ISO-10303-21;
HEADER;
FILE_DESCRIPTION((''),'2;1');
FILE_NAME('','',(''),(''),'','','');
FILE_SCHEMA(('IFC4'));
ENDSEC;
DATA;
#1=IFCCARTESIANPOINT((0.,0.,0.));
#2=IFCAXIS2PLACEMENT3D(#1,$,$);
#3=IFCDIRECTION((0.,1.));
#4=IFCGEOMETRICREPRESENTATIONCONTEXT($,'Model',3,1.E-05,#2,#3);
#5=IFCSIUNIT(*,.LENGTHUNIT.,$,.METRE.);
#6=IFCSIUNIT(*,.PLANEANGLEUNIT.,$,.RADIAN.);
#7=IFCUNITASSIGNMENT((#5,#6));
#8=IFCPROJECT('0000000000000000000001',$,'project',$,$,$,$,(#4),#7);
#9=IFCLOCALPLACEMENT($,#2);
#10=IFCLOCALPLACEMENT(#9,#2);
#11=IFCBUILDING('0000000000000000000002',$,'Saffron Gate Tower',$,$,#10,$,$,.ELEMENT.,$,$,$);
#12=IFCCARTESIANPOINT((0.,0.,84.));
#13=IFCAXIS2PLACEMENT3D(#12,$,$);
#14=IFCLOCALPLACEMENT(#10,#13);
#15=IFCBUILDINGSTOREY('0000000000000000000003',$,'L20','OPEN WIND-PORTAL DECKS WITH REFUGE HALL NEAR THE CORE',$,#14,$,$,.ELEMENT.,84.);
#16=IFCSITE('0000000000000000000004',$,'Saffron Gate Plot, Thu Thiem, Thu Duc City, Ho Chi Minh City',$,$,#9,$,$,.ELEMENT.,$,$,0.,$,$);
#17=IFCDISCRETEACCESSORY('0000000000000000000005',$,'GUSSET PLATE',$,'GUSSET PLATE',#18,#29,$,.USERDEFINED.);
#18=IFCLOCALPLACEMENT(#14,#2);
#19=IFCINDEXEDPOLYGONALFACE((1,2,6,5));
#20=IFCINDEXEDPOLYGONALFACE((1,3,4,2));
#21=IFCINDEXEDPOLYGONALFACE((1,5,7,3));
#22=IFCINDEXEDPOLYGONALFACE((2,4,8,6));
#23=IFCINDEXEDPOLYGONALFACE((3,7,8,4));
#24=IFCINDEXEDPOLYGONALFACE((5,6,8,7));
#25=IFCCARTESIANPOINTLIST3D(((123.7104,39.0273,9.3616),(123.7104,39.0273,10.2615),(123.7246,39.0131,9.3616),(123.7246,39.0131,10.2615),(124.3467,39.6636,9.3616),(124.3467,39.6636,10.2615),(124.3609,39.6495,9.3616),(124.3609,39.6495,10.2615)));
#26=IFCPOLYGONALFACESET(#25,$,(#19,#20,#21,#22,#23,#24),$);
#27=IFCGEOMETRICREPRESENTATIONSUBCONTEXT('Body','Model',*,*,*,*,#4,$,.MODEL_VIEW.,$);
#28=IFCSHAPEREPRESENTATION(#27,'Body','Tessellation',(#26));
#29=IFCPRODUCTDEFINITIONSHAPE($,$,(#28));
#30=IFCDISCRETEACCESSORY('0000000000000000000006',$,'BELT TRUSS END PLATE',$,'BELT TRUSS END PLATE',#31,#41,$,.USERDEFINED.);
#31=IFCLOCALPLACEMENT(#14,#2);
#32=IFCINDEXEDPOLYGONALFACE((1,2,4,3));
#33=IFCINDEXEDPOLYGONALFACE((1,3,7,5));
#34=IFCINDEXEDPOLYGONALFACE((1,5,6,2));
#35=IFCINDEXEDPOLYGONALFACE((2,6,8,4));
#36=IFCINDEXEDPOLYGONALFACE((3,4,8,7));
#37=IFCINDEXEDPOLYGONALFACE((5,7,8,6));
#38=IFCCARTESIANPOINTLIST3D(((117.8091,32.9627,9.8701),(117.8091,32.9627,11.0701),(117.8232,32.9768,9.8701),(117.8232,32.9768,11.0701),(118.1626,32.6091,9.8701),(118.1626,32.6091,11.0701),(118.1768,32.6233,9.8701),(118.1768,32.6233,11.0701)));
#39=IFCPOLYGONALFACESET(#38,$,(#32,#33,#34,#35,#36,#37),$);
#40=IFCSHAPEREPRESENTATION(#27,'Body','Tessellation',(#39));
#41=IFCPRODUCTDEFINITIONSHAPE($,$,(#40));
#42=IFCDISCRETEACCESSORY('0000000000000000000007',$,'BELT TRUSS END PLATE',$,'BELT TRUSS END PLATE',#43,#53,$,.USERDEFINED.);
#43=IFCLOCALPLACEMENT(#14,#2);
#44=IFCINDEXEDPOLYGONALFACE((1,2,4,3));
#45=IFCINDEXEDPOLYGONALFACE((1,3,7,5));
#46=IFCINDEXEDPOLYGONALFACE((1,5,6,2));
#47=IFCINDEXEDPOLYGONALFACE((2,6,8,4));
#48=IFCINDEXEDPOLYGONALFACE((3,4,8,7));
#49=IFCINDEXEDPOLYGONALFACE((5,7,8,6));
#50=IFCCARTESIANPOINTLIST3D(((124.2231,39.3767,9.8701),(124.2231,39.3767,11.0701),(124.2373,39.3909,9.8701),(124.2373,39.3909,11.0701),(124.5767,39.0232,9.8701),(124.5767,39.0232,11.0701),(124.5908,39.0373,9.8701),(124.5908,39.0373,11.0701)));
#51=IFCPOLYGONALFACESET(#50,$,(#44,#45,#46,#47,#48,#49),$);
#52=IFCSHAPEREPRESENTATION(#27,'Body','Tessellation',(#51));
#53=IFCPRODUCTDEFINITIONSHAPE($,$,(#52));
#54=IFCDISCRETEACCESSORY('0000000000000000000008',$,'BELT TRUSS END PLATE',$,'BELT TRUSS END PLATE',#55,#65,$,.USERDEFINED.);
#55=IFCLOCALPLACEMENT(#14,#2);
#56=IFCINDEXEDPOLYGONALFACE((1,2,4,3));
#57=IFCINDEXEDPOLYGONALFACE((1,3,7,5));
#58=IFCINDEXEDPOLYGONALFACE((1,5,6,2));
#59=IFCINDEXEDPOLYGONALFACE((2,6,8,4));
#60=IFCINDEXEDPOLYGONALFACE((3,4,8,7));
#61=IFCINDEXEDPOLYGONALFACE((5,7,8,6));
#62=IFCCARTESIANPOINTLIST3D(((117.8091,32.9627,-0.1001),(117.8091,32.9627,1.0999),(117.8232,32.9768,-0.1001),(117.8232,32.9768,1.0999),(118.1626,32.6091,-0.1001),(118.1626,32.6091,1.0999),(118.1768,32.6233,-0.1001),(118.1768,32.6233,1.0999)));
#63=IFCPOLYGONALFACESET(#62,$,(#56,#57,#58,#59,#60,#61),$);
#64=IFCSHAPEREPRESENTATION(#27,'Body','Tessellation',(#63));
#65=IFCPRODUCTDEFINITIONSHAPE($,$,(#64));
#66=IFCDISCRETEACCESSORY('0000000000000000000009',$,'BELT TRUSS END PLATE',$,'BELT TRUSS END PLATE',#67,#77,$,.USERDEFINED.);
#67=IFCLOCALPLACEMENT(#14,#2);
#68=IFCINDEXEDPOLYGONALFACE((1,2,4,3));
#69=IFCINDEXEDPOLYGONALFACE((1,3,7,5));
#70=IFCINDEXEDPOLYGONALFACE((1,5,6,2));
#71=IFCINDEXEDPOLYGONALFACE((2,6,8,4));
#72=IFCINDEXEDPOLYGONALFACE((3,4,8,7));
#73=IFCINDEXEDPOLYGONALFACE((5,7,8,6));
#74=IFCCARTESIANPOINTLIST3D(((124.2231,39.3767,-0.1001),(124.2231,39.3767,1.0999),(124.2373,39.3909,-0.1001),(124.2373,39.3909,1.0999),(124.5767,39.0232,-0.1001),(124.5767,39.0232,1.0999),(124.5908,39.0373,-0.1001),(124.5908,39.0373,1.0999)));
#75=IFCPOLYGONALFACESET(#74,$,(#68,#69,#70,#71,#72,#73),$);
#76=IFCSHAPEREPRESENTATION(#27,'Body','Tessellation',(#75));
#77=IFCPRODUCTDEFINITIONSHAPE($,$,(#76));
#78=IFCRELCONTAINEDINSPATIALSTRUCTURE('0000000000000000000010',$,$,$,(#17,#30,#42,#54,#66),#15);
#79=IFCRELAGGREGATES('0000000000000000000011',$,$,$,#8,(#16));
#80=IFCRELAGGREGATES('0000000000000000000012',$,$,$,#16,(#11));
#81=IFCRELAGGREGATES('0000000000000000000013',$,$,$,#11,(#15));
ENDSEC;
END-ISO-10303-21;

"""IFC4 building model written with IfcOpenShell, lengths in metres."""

from ifc_helpers import new_model, si_unit, direction, frame, origin, origin_2d, place, context, subcontext, project, spatial, rectangle, extrude, element, save


model = new_model("IFC4")

# Units and contexts
model_context = context("Model", 3, precision=1e-05, world=origin(), true_north=direction((0.0, 1.0)))
body_context = subcontext(model_context, "Body", "Model", "MODEL_VIEW")
ifc_project = project(units=[si_unit("LENGTHUNIT", "METRE"), si_unit("PLANEANGLEUNIT", "RADIAN")], contexts=[model_context])

# Site, building, storey
site_placement = place(None, origin())
site = spatial("IfcSite", under=ifc_project, at=site_placement, Name="Saffron Gate Plot, Thu Thiem, Thu Duc City, Ho Chi Minh City", CompositionType="ELEMENT", RefElevation=0.0)
building_placement = place(site_placement, origin())
building = spatial("IfcBuilding", under=site, at=building_placement, Name="Saffron Gate Tower", CompositionType="ELEMENT")
storey_placement = place(building_placement, frame((0.0, 0.0, 84.0)))
storey = spatial("IfcBuildingStorey", under=building, at=storey_placement, Name="L20", Description="OPEN WIND-PORTAL DECKS WITH REFUGE HALL NEAR THE CORE", CompositionType="ELEMENT", Elevation=84.0)

# Discrete accessories
for number, where, z_axis, x_axis, name in (
    (1, (124.0356, 39.3384, 9.3616), (0.0, 0.0, 1.0), (0.707107, 0.707107, 0.0), "GUSSET PLATE"),
):
    element("IfcDiscreteAccessory", number, at=place(storey_placement, frame(where, z_axis=z_axis, x_axis=x_axis)), inside=storey, Name=name, ObjectType="GUSSET PLATE", PredefinedType="USERDEFINED", context=body_context, shape_type="SweptSolid", body=[
        extrude(rectangle(XDim=0.8999, YDim=0.02, at=origin_2d()), origin(), (0.0, 0.0, 1.0), 0.8999),
    ])
for number, where, z_axis, x_axis, name in (
    (2, (117.9929, 32.793, 9.8701), (0.0, 0.0, 1.0), (-0.707107, -0.707107, 0.0), "BELT TRUSS END PLATE"),
    (3, (124.407, 39.207, 9.8701), (0.0, 0.0, 1.0), (0.707107, 0.707107, 0.0), "BELT TRUSS END PLATE"),
    (4, (117.9929, 32.793, -0.1001), (0.0, 0.0, 1.0), (-0.707107, -0.707107, 0.0), "BELT TRUSS END PLATE"),
    (5, (124.407, 39.207, -0.1001), (0.0, 0.0, 1.0), (0.707107, 0.707107, 0.0), "BELT TRUSS END PLATE"),
):
    element("IfcDiscreteAccessory", number, at=place(storey_placement, frame(where, z_axis=z_axis, x_axis=x_axis)), inside=storey, Name=name, ObjectType="BELT TRUSS END PLATE", PredefinedType="USERDEFINED", context=body_context, shape_type="SweptSolid", body=[
        extrude(rectangle(XDim=0.02, YDim=0.5, at=origin_2d()), origin(), (0.0, 0.0, 1.0), 1.2),
    ])

save(model, "model.ifc")
